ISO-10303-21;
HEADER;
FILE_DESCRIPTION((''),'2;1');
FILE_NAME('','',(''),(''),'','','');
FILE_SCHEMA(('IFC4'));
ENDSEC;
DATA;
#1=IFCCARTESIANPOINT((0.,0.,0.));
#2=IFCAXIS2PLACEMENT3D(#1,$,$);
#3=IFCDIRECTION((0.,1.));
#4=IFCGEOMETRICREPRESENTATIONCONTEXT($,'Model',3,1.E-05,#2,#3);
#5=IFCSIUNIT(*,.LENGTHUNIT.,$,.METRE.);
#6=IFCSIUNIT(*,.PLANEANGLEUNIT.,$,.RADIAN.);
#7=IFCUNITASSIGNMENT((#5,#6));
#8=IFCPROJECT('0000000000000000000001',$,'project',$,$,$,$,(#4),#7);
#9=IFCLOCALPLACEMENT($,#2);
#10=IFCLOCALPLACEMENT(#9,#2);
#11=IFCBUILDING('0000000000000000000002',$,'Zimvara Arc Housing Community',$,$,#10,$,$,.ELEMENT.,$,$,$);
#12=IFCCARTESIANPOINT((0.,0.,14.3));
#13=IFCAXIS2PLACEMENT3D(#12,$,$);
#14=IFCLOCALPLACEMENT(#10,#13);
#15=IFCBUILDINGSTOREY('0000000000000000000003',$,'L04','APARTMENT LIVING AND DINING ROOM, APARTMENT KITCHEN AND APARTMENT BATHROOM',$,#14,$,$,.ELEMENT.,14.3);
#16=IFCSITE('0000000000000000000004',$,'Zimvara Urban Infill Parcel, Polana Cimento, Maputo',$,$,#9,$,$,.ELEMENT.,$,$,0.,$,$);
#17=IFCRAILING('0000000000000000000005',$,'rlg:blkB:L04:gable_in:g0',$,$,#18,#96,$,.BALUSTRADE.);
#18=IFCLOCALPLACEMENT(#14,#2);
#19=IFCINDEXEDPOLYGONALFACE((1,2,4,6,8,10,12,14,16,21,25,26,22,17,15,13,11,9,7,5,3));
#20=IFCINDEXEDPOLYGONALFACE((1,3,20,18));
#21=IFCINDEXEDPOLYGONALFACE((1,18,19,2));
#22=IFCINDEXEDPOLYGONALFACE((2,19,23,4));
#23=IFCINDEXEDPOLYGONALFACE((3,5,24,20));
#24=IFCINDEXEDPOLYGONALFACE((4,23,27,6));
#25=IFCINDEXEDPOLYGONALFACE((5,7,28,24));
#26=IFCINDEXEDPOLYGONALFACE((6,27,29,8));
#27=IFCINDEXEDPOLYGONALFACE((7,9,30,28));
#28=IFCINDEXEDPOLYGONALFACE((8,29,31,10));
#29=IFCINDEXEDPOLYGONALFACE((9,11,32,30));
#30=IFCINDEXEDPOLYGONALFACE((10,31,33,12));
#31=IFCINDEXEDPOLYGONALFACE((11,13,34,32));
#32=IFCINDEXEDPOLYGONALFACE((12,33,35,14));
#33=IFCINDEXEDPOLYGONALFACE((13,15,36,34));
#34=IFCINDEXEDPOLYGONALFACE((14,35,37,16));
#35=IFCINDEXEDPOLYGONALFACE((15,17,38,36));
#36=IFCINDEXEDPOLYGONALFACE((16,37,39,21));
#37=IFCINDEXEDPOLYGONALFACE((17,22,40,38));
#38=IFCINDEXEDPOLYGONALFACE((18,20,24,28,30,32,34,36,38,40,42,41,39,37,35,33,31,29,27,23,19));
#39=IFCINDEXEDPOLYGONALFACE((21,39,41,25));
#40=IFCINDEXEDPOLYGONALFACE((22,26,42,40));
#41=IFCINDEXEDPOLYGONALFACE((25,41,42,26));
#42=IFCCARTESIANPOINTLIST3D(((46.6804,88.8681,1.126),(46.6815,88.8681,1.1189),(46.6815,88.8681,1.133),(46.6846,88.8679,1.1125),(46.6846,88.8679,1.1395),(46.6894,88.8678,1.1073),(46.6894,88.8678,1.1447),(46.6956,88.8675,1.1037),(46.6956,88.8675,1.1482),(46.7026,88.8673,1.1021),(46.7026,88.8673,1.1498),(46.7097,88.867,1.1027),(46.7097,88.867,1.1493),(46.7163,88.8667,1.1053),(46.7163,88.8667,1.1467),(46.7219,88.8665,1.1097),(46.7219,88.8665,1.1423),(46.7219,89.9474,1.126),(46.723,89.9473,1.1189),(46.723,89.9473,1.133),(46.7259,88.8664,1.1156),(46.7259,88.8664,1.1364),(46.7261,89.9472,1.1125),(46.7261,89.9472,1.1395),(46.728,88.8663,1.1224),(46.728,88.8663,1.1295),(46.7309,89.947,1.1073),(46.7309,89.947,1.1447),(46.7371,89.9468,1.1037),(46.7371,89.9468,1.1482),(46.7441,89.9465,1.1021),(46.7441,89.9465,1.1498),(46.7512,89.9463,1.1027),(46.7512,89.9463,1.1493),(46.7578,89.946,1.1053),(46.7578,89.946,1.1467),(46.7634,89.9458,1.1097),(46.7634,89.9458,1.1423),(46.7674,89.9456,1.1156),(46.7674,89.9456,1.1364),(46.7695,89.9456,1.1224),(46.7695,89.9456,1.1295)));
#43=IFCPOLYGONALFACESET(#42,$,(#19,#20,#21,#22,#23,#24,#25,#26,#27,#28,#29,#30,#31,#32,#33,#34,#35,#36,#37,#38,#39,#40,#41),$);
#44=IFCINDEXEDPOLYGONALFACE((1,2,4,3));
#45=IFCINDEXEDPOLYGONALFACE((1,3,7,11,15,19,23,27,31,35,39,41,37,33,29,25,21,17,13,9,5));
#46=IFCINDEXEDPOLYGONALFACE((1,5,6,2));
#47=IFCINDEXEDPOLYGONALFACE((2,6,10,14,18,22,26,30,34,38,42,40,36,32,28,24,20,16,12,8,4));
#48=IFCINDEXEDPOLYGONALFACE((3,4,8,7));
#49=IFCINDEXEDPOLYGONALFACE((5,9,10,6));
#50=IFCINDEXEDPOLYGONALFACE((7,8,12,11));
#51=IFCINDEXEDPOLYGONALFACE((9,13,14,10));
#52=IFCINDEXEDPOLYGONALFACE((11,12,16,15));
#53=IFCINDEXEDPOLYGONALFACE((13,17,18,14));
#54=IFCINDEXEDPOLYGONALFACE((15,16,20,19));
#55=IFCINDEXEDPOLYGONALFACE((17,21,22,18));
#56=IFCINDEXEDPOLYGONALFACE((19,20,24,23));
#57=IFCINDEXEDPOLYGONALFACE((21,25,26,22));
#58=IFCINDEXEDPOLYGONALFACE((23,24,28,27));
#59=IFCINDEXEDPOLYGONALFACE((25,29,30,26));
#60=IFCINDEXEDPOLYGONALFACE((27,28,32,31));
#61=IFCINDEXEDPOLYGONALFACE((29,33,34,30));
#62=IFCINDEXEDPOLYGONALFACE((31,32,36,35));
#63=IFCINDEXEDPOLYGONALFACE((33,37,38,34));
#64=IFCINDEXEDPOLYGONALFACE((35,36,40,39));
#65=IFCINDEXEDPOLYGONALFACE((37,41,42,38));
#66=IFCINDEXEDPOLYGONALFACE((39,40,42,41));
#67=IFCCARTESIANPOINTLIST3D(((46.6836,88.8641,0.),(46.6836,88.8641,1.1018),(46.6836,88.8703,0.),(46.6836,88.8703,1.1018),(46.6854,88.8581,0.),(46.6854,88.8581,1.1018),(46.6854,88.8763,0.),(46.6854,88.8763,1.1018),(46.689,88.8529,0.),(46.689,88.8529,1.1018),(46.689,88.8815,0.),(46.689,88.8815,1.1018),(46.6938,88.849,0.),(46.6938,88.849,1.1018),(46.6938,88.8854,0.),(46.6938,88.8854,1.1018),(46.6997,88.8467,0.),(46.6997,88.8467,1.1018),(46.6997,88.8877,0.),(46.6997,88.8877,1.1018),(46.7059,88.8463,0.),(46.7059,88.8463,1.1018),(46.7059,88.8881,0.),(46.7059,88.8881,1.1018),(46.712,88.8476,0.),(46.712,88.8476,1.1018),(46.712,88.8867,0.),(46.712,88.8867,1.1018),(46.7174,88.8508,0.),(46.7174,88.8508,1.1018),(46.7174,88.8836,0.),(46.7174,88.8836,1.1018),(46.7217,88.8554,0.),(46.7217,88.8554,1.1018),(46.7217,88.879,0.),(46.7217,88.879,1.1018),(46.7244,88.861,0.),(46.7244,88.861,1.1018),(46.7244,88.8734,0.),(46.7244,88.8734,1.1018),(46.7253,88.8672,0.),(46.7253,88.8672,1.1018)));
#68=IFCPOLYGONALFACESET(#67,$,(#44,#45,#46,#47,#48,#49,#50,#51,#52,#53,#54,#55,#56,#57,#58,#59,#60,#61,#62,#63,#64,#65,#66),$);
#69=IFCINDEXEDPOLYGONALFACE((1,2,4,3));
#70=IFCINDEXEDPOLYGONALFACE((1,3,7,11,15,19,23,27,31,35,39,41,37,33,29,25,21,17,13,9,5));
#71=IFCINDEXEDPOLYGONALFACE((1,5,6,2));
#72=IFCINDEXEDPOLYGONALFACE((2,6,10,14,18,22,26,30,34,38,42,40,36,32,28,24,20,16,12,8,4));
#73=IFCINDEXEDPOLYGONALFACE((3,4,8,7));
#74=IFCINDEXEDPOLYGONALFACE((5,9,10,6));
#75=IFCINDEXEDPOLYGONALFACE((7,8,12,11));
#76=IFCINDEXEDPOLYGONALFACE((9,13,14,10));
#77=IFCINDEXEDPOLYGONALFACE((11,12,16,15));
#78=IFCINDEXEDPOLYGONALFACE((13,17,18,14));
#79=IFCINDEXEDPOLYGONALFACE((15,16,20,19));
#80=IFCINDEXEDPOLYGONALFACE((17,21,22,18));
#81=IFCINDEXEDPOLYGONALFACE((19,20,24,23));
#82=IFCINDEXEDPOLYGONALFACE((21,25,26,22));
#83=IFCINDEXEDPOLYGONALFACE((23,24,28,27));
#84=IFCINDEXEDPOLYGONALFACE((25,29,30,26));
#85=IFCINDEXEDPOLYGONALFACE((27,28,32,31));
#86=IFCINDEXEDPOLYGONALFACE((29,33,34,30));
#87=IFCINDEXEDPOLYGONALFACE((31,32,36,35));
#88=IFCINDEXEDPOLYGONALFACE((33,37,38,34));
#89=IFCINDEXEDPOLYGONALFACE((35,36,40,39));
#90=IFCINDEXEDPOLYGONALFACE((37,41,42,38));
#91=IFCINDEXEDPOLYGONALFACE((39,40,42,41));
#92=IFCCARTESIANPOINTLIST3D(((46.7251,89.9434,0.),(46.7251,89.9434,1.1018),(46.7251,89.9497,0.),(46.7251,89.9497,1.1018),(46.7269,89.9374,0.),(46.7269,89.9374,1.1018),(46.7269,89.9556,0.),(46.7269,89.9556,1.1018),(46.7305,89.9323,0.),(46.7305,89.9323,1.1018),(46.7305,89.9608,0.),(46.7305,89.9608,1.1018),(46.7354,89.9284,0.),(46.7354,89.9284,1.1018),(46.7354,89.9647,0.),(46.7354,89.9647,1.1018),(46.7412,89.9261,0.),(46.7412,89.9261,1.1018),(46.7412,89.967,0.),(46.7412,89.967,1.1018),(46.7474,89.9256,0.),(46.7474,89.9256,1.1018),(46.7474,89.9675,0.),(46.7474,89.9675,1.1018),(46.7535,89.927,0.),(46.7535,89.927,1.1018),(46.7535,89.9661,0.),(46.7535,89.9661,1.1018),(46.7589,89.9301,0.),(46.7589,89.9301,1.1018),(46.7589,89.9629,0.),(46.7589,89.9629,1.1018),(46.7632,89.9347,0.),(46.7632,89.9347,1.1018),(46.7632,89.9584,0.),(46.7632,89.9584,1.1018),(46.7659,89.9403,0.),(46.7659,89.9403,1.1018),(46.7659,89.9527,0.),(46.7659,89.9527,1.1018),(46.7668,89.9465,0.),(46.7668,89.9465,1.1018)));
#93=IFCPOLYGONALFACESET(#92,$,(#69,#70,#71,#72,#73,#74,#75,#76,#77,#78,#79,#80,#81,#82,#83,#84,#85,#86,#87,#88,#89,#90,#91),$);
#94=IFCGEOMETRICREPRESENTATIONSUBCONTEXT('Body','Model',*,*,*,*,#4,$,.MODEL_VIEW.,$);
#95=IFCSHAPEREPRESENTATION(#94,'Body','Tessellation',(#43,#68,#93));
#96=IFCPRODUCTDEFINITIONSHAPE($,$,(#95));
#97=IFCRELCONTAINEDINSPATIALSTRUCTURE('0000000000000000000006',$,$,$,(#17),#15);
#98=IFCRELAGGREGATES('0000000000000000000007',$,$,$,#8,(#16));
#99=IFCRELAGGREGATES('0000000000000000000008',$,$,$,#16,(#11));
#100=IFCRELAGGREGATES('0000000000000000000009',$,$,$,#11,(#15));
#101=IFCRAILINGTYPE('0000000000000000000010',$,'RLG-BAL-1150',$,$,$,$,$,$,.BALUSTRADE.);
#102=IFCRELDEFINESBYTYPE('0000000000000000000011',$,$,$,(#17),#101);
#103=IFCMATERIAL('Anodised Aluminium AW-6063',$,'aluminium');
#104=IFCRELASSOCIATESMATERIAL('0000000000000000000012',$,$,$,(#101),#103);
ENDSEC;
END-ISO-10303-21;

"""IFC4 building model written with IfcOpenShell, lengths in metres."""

from ifc_helpers import new_model, si_unit, direction, frame, origin, origin_2d, place, context, subcontext, project, spatial, circle, extrude, material, type_object, element, save


model = new_model("IFC4")

# Units and contexts
model_context = context("Model", 3, precision=1e-05, world=origin(), true_north=direction((0.0, 1.0)))
body_context = subcontext(model_context, "Body", "Model", "MODEL_VIEW")
ifc_project = project(units=[si_unit("LENGTHUNIT", "METRE"), si_unit("PLANEANGLEUNIT", "RADIAN")], contexts=[model_context])

# Site, building, storey
site_placement = place(None, origin())
site = spatial("IfcSite", under=ifc_project, at=site_placement, Name="Zimvara Urban Infill Parcel, Polana Cimento, Maputo", CompositionType="ELEMENT", RefElevation=0.0)
building_placement = place(site_placement, origin())
building = spatial("IfcBuilding", under=site, at=building_placement, Name="Zimvara Arc Housing Community", CompositionType="ELEMENT")
storey_placement = place(building_placement, frame((0.0, 0.0, 14.3)))
storey = spatial("IfcBuildingStorey", under=building, at=storey_placement, Name="L04", Description="APARTMENT LIVING AND DINING ROOM, APARTMENT KITCHEN AND APARTMENT BATHROOM", CompositionType="ELEMENT", Elevation=14.3)

# Railing
ifc_material_1 = material(Name="Anodised Aluminium AW-6063", Category="aluminium")
railing_type = type_object("IfcRailingType", Name="RLG-BAL-1150", PredefinedType="BALUSTRADE", material=ifc_material_1)
railing_1_placement = place(storey_placement, frame((46.7043, 88.8672, 0.0)))
element("IfcRailing", 1, at=railing_1_placement, inside=storey, type_object=railing_type, Name="rlg:blkB:L04:gable_in:g0", PredefinedType="BALUSTRADE", context=body_context, shape_type="SweptSolid", body=[
    extrude(circle(Radius=0.0239, at=origin_2d()), frame((0.0, 0.0, 1.126), z_axis=(0.038424, 0.999262, 0.0), x_axis=(-0.999262, 0.038424, 0.0)), (0.0, 0.0, 1.0), 1.0801),
    extrude(circle(Radius=0.021, at=origin_2d()), origin(), (0.0, 0.0, 1.0), 1.1018),
    extrude(circle(Radius=0.021, at=origin_2d()), frame((0.0415, 1.0793, 0.0)), (0.0, 0.0, 1.0), 1.1018),
])

save(model, "model.ifc")
